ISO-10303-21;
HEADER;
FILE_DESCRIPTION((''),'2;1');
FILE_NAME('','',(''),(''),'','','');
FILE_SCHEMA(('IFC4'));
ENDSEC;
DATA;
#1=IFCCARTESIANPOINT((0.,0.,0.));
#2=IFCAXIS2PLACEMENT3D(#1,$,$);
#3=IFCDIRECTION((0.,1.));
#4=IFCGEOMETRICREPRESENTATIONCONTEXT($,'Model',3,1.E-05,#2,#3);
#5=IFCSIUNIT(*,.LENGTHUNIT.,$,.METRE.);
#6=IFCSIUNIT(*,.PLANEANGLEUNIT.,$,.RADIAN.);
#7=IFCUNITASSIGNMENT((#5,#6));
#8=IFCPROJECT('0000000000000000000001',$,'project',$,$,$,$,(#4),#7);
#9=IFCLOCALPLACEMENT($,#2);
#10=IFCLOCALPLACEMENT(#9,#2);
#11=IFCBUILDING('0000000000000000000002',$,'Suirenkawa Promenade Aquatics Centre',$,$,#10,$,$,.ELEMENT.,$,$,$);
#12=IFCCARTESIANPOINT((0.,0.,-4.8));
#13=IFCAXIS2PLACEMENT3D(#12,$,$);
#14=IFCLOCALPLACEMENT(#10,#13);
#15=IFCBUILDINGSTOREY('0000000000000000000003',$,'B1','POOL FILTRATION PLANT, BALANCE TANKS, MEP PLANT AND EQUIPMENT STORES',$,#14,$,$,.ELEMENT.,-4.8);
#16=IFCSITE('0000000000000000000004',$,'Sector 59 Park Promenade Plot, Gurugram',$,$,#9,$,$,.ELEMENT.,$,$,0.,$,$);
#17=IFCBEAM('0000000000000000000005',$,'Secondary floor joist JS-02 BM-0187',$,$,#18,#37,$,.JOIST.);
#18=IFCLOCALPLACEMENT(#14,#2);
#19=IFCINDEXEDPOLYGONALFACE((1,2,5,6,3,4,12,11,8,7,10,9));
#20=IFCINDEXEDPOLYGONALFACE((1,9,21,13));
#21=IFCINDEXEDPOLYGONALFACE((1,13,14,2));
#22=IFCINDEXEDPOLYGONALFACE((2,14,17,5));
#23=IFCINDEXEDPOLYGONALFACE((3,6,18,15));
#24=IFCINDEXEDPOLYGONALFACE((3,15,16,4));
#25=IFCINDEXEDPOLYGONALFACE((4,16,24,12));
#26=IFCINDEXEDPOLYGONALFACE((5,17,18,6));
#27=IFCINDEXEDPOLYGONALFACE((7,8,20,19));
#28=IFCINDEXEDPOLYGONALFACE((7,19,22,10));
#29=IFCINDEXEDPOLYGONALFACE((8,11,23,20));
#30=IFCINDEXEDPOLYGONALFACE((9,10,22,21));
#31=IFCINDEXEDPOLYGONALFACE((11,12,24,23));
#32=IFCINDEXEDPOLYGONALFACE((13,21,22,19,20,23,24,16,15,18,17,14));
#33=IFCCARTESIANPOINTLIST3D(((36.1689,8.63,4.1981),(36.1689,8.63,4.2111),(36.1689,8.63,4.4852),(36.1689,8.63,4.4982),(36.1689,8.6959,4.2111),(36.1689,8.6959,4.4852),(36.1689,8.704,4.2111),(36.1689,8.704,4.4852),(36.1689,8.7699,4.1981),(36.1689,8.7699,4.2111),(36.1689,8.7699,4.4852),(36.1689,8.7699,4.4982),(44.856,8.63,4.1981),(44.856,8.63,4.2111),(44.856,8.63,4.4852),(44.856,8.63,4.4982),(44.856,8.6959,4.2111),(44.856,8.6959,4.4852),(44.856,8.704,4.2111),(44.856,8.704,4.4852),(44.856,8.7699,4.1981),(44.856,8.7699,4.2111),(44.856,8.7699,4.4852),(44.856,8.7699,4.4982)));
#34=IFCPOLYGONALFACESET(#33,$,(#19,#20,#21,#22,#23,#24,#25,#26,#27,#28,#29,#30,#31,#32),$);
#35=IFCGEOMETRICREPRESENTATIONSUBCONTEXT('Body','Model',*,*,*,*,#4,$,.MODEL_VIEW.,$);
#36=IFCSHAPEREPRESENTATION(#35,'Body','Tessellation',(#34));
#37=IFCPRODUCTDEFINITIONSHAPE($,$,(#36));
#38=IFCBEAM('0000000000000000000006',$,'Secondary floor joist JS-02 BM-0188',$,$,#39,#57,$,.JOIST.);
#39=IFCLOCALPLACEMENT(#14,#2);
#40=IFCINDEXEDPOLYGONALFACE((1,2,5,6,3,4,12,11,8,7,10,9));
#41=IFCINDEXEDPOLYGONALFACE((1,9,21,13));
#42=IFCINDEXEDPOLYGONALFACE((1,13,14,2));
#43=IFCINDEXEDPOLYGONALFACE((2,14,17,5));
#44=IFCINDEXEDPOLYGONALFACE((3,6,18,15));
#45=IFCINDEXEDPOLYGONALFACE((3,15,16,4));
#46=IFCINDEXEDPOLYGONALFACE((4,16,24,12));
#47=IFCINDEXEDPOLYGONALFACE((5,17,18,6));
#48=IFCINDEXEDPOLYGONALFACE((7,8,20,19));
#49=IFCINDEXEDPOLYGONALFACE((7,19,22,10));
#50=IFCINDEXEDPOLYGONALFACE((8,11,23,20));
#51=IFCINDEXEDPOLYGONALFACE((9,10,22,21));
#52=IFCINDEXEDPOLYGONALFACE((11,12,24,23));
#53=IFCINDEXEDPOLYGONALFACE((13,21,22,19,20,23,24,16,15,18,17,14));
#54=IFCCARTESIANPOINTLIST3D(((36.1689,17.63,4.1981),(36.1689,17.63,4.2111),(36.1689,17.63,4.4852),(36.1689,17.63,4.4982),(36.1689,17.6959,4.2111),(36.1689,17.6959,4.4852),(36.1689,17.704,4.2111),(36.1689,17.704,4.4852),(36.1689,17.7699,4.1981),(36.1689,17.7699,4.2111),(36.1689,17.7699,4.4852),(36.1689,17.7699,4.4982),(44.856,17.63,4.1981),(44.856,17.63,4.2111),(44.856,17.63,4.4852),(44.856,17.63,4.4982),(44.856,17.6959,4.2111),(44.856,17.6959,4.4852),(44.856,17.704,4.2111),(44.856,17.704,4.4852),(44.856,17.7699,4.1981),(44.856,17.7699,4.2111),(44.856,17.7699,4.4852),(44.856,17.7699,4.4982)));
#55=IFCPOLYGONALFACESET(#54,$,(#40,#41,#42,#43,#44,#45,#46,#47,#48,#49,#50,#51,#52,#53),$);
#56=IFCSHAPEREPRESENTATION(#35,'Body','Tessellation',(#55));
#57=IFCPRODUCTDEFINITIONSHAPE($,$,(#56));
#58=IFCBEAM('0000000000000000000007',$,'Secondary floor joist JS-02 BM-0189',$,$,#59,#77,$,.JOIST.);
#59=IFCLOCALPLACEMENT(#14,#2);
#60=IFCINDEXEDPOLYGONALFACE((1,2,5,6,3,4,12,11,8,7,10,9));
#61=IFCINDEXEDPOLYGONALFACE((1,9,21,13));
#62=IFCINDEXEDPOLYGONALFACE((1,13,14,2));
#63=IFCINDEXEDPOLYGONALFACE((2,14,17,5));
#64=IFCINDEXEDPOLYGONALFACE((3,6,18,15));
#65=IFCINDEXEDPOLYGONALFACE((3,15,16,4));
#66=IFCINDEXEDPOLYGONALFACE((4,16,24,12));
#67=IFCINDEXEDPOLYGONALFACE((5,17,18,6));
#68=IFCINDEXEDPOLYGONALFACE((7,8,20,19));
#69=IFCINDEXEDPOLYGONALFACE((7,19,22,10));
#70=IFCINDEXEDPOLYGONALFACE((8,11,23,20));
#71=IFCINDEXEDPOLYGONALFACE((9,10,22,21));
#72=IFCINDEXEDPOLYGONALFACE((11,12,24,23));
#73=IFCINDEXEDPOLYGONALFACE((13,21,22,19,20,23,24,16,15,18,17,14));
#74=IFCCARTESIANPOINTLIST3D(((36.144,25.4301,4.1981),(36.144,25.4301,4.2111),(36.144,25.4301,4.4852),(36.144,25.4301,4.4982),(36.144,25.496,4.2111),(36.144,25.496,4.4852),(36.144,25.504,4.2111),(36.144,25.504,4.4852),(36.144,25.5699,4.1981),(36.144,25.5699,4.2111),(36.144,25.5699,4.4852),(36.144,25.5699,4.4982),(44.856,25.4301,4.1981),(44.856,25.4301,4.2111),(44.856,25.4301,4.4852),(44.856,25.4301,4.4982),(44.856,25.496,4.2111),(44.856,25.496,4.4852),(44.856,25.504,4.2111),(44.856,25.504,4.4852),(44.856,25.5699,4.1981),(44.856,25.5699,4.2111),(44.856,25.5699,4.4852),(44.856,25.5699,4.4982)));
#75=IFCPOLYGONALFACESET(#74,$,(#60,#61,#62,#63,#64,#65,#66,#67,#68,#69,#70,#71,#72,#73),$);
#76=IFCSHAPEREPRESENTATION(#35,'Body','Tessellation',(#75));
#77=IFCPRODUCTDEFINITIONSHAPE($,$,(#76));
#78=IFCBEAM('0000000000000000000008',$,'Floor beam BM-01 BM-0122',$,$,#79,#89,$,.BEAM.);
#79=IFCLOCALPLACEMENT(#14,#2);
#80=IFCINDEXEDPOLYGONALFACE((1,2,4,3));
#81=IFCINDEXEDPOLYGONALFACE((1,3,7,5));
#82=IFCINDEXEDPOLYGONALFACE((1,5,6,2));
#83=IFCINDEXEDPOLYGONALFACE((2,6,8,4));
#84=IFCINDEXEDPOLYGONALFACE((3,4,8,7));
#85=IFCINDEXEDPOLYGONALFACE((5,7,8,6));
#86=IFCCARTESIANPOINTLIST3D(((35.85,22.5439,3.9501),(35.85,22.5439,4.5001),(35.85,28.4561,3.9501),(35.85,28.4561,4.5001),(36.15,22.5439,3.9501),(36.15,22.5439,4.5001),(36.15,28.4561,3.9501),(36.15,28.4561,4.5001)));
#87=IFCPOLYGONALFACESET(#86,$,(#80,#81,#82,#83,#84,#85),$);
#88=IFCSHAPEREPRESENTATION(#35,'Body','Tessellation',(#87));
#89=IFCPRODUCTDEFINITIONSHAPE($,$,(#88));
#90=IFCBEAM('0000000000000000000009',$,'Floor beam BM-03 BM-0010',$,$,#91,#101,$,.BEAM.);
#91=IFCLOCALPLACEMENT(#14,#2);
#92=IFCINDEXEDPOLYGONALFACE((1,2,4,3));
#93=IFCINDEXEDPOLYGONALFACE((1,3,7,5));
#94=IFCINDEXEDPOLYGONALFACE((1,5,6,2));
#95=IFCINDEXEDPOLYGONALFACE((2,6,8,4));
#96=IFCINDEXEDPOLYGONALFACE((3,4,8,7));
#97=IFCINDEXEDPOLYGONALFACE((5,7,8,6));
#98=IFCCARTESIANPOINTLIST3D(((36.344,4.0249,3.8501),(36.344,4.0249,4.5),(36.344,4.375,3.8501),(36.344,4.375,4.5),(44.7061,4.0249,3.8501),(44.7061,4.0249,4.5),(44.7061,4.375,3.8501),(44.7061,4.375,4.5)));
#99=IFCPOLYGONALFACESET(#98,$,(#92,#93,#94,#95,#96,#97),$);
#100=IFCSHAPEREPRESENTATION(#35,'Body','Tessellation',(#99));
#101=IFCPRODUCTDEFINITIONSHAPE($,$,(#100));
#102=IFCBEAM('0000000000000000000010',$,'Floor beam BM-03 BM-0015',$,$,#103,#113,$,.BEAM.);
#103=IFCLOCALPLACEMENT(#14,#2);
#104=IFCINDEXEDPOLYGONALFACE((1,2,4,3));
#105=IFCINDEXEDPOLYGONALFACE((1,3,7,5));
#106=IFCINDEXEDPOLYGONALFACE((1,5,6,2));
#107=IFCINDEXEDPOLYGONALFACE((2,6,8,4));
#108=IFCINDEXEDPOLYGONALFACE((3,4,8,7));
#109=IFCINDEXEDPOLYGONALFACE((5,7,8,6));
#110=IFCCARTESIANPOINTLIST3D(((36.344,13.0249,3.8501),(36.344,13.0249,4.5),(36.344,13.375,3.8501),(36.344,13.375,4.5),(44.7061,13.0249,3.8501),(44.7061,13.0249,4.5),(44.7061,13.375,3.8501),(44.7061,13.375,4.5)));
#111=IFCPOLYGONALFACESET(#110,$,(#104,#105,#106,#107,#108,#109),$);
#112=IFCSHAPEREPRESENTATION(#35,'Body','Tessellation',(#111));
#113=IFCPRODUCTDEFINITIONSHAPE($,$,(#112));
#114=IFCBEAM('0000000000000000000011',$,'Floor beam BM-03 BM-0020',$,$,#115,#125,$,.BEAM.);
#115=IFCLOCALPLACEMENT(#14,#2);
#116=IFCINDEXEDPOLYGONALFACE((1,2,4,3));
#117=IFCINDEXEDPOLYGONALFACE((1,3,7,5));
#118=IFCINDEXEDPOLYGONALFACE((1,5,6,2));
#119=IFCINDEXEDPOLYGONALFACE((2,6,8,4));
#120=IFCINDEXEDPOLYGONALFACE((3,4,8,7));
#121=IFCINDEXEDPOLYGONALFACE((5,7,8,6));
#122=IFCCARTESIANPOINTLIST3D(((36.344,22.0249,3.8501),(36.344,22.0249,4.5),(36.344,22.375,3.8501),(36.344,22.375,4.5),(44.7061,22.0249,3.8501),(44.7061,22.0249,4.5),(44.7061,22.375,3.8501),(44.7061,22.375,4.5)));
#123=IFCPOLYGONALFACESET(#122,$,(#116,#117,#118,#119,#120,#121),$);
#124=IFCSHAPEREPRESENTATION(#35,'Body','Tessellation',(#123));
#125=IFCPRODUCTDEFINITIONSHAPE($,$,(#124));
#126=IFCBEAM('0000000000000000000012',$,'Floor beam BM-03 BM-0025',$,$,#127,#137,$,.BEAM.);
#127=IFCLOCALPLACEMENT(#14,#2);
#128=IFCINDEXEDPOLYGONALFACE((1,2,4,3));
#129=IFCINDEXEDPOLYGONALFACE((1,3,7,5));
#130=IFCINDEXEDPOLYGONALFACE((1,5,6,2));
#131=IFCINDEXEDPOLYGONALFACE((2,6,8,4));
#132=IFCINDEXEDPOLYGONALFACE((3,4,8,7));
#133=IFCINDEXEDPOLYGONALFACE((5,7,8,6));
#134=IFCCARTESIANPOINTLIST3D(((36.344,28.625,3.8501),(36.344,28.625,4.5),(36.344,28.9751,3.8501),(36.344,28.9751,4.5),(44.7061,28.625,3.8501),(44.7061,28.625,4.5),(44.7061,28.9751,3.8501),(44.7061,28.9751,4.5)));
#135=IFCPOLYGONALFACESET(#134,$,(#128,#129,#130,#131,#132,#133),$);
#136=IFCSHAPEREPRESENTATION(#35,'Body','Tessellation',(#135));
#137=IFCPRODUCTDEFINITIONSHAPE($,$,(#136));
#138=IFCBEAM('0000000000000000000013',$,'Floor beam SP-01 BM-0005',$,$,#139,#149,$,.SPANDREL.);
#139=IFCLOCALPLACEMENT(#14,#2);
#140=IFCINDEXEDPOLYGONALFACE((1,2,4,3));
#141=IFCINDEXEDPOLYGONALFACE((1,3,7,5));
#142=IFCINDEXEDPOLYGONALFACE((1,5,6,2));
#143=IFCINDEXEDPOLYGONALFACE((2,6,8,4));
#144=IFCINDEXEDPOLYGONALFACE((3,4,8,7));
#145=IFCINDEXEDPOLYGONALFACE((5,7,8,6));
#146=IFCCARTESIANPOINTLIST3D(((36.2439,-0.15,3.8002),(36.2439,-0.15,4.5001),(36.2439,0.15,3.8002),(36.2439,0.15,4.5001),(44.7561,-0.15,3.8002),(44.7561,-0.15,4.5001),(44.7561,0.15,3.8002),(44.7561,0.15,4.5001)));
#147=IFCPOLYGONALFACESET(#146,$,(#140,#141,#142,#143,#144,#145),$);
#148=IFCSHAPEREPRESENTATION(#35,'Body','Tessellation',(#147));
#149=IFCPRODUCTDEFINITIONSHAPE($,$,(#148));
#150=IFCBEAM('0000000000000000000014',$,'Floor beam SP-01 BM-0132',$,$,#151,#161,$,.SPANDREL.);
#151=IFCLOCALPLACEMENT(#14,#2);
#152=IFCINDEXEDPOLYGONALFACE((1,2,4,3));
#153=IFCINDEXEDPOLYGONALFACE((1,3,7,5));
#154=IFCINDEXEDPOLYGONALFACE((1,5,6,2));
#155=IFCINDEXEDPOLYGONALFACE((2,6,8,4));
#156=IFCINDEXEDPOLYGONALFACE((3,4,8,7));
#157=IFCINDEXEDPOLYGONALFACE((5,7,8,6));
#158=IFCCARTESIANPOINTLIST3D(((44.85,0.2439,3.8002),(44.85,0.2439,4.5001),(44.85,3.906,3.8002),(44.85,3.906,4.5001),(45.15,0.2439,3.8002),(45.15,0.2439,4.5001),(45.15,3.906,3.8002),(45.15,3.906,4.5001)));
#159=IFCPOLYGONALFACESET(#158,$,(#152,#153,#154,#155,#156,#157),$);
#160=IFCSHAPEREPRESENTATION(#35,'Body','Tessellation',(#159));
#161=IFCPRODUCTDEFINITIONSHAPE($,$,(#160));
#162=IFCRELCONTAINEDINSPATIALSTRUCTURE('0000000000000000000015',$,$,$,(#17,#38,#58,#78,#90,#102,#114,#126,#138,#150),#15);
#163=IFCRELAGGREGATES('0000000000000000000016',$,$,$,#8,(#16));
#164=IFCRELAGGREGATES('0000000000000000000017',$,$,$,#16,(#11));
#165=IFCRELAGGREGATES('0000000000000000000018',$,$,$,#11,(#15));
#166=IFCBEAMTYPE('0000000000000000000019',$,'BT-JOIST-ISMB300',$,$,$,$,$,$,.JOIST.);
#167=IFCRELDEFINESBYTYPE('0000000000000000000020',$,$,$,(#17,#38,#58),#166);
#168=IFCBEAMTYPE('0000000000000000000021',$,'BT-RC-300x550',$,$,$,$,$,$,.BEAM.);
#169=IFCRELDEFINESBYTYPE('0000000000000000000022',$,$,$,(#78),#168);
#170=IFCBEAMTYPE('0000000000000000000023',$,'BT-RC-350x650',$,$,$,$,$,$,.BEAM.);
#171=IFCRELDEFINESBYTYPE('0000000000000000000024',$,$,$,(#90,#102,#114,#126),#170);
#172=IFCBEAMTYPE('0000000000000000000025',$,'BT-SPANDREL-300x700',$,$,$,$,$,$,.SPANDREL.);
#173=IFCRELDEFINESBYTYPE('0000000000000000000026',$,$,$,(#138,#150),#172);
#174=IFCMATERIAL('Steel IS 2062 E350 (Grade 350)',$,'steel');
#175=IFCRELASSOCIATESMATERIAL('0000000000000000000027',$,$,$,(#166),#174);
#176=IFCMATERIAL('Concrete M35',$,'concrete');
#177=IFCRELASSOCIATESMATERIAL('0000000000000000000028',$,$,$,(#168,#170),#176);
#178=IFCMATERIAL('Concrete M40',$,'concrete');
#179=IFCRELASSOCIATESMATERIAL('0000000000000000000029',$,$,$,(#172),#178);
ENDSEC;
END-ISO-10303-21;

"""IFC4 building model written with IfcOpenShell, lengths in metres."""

from ifc_helpers import new_model, si_unit, direction, frame, origin, origin_2d, place, context, subcontext, project, spatial, rectangle, i_section, extrude, material, material_profile, profile_set, type_object, element, save


model = new_model("IFC4")

# Units and contexts
model_context = context("Model", 3, precision=1e-05, world=origin(), true_north=direction((0.0, 1.0)))
body_context = subcontext(model_context, "Body", "Model", "MODEL_VIEW")
ifc_project = project(units=[si_unit("LENGTHUNIT", "METRE"), si_unit("PLANEANGLEUNIT", "RADIAN")], contexts=[model_context])

# Site, building, storey
site_placement = place(None, origin())
site = spatial("IfcSite", under=ifc_project, at=site_placement, Name="Sector 59 Park Promenade Plot, Gurugram", CompositionType="ELEMENT", RefElevation=0.0)
building_placement = place(site_placement, origin())
building = spatial("IfcBuilding", under=site, at=building_placement, Name="Suirenkawa Promenade Aquatics Centre", CompositionType="ELEMENT")
storey_placement = place(building_placement, frame((0.0, 0.0, -4.8)))
storey = spatial("IfcBuildingStorey", under=building, at=storey_placement, Name="B1", Description="POOL FILTRATION PLANT, BALANCE TANKS, MEP PLANT AND EQUIPMENT STORES", CompositionType="ELEMENT", Elevation=-4.8)

# Shared definitions
ifc_material_1 = material(Name="Concrete M35", Category="concrete")

# Shared definitions
ifc_material_2 = material(Name="Concrete M40", Category="concrete")

# Beams
ifc_material_3 = material(Name="Steel IS 2062 E350 (Grade 350)", Category="steel")
ifc_material_profile_1 = material_profile(ifc_material_3, i_section(OverallWidth=0.1399, OverallDepth=0.3, WebThickness=0.0081, FlangeThickness=0.0129, at=origin_2d()), Name="ISMB 300", Category="steel")
ifc_profile_set_1 = profile_set([ifc_material_profile_1], Name="Steel IS 2062 E350 (Grade 350)")
beam_type_1 = type_object("IfcBeamType", Name="BT-JOIST-ISMB300", PredefinedType="JOIST", material=ifc_profile_set_1)
for number, where, z_axis, x_axis, name in (
    (1, (36.1689, 8.7, 4.3481), (1.0, 0.0, 0.0), (0.0, 1.0, 0.0), "Secondary floor joist JS-02 BM-0187"),
    (2, (36.1689, 17.7, 4.3481), (1.0, 0.0, 0.0), (0.0, 1.0, 0.0), "Secondary floor joist JS-02 BM-0188"),
):
    element("IfcBeam", number, at=place(storey_placement, frame(where, z_axis=z_axis, x_axis=x_axis)), inside=storey, type_object=beam_type_1, Name=name, PredefinedType="JOIST", context=body_context, shape_type="SweptSolid", body=[
        extrude(i_section(OverallWidth=0.1399, OverallDepth=0.3, WebThickness=0.0081, FlangeThickness=0.0129, at=origin_2d()), origin(), (0.0, 0.0, 1.0), 8.687),
    ])
beam_1_placement = place(storey_placement, frame((36.144, 25.5, 4.3481), z_axis=(1.0, 0.0, 0.0), x_axis=(0.0, 1.0, 0.0)))
element("IfcBeam", 3, at=beam_1_placement, inside=storey, type_object=beam_type_1, Name="Secondary floor joist JS-02 BM-0189", PredefinedType="JOIST", context=body_context, shape_type="SweptSolid", body=[
    extrude(i_section(OverallWidth=0.1399, OverallDepth=0.3, WebThickness=0.0081, FlangeThickness=0.0129, at=origin_2d()), origin(), (0.0, 0.0, 1.0), 8.7119),
])
ifc_material_profile_2 = material_profile(ifc_material_1, rectangle(XDim=0.3, YDim=0.55, at=origin_2d()), Name="RC BM 300x550", Category="concrete")
ifc_profile_set_2 = profile_set([ifc_material_profile_2], Name="Concrete M35")
beam_type_2 = type_object("IfcBeamType", Name="BT-RC-300x550", PredefinedType="BEAM", material=ifc_profile_set_2)
beam_2_placement = place(storey_placement, frame((36.0, 22.5439, 4.2251), z_axis=(0.0, 1.0, 0.0), x_axis=(-1.0, 0.0, 0.0)))
element("IfcBeam", 4, at=beam_2_placement, inside=storey, type_object=beam_type_2, Name="Floor beam BM-01 BM-0122", PredefinedType="BEAM", context=body_context, shape_type="SweptSolid", body=[
    extrude(rectangle(XDim=0.3, YDim=0.55, at=origin_2d()), origin(), (0.0, 0.0, 1.0), 5.9121),
])
ifc_material_profile_3 = material_profile(ifc_material_1, rectangle(XDim=0.3501, YDim=0.6499, at=origin_2d()), Name="RC BM 350x650", Category="concrete")
ifc_profile_set_3 = profile_set([ifc_material_profile_3], Name="Concrete M35")
beam_type_3 = type_object("IfcBeamType", Name="BT-RC-350x650", PredefinedType="BEAM", material=ifc_profile_set_3)
for number, where, z_axis, x_axis, name in (
    (5, (36.344, 4.2, 4.175), (1.0, 0.0, 0.0), (0.0, 1.0, 0.0), "Floor beam BM-03 BM-0010"),
    (6, (36.344, 13.2, 4.175), (1.0, 0.0, 0.0), (0.0, 1.0, 0.0), "Floor beam BM-03 BM-0015"),
    (7, (36.344, 22.2, 4.175), (1.0, 0.0, 0.0), (0.0, 1.0, 0.0), "Floor beam BM-03 BM-0020"),
    (8, (36.344, 28.8, 4.175), (1.0, 0.0, 0.0), (0.0, 1.0, 0.0), "Floor beam BM-03 BM-0025"),
):
    element("IfcBeam", number, at=place(storey_placement, frame(where, z_axis=z_axis, x_axis=x_axis)), inside=storey, type_object=beam_type_3, Name=name, PredefinedType="BEAM", context=body_context, shape_type="SweptSolid", body=[
        extrude(rectangle(XDim=0.3501, YDim=0.6499, at=origin_2d()), origin(), (0.0, 0.0, 1.0), 8.3621),
    ])
ifc_material_profile_4 = material_profile(ifc_material_2, rectangle(XDim=0.3, YDim=0.7, at=origin_2d()), Name="RC SPANDREL 300x700", Category="concrete")
ifc_profile_set_4 = profile_set([ifc_material_profile_4], Name="Concrete M40")
beam_type_4 = type_object("IfcBeamType", Name="BT-SPANDREL-300x700", PredefinedType="SPANDREL", material=ifc_profile_set_4)
beam_3_placement = place(storey_placement, frame((36.2439, 0.0, 4.1501), z_axis=(1.0, 0.0, 0.0), x_axis=(0.0, 1.0, 0.0)))
element("IfcBeam", 9, at=beam_3_placement, inside=storey, type_object=beam_type_4, Name="Floor beam SP-01 BM-0005", PredefinedType="SPANDREL", context=body_context, shape_type="SweptSolid", body=[
    extrude(rectangle(XDim=0.3, YDim=0.7, at=origin_2d()), origin(), (0.0, 0.0, 1.0), 8.5122),
])
beam_4_placement = place(storey_placement, frame((45.0, 0.2439, 4.1501), z_axis=(0.0, 1.0, 0.0), x_axis=(-1.0, 0.0, 0.0)))
element("IfcBeam", 10, at=beam_4_placement, inside=storey, type_object=beam_type_4, Name="Floor beam SP-01 BM-0132", PredefinedType="SPANDREL", context=body_context, shape_type="SweptSolid", body=[
    extrude(rectangle(XDim=0.3, YDim=0.7, at=origin_2d()), origin(), (0.0, 0.0, 1.0), 3.6621),
])

save(model, "model.ifc")
